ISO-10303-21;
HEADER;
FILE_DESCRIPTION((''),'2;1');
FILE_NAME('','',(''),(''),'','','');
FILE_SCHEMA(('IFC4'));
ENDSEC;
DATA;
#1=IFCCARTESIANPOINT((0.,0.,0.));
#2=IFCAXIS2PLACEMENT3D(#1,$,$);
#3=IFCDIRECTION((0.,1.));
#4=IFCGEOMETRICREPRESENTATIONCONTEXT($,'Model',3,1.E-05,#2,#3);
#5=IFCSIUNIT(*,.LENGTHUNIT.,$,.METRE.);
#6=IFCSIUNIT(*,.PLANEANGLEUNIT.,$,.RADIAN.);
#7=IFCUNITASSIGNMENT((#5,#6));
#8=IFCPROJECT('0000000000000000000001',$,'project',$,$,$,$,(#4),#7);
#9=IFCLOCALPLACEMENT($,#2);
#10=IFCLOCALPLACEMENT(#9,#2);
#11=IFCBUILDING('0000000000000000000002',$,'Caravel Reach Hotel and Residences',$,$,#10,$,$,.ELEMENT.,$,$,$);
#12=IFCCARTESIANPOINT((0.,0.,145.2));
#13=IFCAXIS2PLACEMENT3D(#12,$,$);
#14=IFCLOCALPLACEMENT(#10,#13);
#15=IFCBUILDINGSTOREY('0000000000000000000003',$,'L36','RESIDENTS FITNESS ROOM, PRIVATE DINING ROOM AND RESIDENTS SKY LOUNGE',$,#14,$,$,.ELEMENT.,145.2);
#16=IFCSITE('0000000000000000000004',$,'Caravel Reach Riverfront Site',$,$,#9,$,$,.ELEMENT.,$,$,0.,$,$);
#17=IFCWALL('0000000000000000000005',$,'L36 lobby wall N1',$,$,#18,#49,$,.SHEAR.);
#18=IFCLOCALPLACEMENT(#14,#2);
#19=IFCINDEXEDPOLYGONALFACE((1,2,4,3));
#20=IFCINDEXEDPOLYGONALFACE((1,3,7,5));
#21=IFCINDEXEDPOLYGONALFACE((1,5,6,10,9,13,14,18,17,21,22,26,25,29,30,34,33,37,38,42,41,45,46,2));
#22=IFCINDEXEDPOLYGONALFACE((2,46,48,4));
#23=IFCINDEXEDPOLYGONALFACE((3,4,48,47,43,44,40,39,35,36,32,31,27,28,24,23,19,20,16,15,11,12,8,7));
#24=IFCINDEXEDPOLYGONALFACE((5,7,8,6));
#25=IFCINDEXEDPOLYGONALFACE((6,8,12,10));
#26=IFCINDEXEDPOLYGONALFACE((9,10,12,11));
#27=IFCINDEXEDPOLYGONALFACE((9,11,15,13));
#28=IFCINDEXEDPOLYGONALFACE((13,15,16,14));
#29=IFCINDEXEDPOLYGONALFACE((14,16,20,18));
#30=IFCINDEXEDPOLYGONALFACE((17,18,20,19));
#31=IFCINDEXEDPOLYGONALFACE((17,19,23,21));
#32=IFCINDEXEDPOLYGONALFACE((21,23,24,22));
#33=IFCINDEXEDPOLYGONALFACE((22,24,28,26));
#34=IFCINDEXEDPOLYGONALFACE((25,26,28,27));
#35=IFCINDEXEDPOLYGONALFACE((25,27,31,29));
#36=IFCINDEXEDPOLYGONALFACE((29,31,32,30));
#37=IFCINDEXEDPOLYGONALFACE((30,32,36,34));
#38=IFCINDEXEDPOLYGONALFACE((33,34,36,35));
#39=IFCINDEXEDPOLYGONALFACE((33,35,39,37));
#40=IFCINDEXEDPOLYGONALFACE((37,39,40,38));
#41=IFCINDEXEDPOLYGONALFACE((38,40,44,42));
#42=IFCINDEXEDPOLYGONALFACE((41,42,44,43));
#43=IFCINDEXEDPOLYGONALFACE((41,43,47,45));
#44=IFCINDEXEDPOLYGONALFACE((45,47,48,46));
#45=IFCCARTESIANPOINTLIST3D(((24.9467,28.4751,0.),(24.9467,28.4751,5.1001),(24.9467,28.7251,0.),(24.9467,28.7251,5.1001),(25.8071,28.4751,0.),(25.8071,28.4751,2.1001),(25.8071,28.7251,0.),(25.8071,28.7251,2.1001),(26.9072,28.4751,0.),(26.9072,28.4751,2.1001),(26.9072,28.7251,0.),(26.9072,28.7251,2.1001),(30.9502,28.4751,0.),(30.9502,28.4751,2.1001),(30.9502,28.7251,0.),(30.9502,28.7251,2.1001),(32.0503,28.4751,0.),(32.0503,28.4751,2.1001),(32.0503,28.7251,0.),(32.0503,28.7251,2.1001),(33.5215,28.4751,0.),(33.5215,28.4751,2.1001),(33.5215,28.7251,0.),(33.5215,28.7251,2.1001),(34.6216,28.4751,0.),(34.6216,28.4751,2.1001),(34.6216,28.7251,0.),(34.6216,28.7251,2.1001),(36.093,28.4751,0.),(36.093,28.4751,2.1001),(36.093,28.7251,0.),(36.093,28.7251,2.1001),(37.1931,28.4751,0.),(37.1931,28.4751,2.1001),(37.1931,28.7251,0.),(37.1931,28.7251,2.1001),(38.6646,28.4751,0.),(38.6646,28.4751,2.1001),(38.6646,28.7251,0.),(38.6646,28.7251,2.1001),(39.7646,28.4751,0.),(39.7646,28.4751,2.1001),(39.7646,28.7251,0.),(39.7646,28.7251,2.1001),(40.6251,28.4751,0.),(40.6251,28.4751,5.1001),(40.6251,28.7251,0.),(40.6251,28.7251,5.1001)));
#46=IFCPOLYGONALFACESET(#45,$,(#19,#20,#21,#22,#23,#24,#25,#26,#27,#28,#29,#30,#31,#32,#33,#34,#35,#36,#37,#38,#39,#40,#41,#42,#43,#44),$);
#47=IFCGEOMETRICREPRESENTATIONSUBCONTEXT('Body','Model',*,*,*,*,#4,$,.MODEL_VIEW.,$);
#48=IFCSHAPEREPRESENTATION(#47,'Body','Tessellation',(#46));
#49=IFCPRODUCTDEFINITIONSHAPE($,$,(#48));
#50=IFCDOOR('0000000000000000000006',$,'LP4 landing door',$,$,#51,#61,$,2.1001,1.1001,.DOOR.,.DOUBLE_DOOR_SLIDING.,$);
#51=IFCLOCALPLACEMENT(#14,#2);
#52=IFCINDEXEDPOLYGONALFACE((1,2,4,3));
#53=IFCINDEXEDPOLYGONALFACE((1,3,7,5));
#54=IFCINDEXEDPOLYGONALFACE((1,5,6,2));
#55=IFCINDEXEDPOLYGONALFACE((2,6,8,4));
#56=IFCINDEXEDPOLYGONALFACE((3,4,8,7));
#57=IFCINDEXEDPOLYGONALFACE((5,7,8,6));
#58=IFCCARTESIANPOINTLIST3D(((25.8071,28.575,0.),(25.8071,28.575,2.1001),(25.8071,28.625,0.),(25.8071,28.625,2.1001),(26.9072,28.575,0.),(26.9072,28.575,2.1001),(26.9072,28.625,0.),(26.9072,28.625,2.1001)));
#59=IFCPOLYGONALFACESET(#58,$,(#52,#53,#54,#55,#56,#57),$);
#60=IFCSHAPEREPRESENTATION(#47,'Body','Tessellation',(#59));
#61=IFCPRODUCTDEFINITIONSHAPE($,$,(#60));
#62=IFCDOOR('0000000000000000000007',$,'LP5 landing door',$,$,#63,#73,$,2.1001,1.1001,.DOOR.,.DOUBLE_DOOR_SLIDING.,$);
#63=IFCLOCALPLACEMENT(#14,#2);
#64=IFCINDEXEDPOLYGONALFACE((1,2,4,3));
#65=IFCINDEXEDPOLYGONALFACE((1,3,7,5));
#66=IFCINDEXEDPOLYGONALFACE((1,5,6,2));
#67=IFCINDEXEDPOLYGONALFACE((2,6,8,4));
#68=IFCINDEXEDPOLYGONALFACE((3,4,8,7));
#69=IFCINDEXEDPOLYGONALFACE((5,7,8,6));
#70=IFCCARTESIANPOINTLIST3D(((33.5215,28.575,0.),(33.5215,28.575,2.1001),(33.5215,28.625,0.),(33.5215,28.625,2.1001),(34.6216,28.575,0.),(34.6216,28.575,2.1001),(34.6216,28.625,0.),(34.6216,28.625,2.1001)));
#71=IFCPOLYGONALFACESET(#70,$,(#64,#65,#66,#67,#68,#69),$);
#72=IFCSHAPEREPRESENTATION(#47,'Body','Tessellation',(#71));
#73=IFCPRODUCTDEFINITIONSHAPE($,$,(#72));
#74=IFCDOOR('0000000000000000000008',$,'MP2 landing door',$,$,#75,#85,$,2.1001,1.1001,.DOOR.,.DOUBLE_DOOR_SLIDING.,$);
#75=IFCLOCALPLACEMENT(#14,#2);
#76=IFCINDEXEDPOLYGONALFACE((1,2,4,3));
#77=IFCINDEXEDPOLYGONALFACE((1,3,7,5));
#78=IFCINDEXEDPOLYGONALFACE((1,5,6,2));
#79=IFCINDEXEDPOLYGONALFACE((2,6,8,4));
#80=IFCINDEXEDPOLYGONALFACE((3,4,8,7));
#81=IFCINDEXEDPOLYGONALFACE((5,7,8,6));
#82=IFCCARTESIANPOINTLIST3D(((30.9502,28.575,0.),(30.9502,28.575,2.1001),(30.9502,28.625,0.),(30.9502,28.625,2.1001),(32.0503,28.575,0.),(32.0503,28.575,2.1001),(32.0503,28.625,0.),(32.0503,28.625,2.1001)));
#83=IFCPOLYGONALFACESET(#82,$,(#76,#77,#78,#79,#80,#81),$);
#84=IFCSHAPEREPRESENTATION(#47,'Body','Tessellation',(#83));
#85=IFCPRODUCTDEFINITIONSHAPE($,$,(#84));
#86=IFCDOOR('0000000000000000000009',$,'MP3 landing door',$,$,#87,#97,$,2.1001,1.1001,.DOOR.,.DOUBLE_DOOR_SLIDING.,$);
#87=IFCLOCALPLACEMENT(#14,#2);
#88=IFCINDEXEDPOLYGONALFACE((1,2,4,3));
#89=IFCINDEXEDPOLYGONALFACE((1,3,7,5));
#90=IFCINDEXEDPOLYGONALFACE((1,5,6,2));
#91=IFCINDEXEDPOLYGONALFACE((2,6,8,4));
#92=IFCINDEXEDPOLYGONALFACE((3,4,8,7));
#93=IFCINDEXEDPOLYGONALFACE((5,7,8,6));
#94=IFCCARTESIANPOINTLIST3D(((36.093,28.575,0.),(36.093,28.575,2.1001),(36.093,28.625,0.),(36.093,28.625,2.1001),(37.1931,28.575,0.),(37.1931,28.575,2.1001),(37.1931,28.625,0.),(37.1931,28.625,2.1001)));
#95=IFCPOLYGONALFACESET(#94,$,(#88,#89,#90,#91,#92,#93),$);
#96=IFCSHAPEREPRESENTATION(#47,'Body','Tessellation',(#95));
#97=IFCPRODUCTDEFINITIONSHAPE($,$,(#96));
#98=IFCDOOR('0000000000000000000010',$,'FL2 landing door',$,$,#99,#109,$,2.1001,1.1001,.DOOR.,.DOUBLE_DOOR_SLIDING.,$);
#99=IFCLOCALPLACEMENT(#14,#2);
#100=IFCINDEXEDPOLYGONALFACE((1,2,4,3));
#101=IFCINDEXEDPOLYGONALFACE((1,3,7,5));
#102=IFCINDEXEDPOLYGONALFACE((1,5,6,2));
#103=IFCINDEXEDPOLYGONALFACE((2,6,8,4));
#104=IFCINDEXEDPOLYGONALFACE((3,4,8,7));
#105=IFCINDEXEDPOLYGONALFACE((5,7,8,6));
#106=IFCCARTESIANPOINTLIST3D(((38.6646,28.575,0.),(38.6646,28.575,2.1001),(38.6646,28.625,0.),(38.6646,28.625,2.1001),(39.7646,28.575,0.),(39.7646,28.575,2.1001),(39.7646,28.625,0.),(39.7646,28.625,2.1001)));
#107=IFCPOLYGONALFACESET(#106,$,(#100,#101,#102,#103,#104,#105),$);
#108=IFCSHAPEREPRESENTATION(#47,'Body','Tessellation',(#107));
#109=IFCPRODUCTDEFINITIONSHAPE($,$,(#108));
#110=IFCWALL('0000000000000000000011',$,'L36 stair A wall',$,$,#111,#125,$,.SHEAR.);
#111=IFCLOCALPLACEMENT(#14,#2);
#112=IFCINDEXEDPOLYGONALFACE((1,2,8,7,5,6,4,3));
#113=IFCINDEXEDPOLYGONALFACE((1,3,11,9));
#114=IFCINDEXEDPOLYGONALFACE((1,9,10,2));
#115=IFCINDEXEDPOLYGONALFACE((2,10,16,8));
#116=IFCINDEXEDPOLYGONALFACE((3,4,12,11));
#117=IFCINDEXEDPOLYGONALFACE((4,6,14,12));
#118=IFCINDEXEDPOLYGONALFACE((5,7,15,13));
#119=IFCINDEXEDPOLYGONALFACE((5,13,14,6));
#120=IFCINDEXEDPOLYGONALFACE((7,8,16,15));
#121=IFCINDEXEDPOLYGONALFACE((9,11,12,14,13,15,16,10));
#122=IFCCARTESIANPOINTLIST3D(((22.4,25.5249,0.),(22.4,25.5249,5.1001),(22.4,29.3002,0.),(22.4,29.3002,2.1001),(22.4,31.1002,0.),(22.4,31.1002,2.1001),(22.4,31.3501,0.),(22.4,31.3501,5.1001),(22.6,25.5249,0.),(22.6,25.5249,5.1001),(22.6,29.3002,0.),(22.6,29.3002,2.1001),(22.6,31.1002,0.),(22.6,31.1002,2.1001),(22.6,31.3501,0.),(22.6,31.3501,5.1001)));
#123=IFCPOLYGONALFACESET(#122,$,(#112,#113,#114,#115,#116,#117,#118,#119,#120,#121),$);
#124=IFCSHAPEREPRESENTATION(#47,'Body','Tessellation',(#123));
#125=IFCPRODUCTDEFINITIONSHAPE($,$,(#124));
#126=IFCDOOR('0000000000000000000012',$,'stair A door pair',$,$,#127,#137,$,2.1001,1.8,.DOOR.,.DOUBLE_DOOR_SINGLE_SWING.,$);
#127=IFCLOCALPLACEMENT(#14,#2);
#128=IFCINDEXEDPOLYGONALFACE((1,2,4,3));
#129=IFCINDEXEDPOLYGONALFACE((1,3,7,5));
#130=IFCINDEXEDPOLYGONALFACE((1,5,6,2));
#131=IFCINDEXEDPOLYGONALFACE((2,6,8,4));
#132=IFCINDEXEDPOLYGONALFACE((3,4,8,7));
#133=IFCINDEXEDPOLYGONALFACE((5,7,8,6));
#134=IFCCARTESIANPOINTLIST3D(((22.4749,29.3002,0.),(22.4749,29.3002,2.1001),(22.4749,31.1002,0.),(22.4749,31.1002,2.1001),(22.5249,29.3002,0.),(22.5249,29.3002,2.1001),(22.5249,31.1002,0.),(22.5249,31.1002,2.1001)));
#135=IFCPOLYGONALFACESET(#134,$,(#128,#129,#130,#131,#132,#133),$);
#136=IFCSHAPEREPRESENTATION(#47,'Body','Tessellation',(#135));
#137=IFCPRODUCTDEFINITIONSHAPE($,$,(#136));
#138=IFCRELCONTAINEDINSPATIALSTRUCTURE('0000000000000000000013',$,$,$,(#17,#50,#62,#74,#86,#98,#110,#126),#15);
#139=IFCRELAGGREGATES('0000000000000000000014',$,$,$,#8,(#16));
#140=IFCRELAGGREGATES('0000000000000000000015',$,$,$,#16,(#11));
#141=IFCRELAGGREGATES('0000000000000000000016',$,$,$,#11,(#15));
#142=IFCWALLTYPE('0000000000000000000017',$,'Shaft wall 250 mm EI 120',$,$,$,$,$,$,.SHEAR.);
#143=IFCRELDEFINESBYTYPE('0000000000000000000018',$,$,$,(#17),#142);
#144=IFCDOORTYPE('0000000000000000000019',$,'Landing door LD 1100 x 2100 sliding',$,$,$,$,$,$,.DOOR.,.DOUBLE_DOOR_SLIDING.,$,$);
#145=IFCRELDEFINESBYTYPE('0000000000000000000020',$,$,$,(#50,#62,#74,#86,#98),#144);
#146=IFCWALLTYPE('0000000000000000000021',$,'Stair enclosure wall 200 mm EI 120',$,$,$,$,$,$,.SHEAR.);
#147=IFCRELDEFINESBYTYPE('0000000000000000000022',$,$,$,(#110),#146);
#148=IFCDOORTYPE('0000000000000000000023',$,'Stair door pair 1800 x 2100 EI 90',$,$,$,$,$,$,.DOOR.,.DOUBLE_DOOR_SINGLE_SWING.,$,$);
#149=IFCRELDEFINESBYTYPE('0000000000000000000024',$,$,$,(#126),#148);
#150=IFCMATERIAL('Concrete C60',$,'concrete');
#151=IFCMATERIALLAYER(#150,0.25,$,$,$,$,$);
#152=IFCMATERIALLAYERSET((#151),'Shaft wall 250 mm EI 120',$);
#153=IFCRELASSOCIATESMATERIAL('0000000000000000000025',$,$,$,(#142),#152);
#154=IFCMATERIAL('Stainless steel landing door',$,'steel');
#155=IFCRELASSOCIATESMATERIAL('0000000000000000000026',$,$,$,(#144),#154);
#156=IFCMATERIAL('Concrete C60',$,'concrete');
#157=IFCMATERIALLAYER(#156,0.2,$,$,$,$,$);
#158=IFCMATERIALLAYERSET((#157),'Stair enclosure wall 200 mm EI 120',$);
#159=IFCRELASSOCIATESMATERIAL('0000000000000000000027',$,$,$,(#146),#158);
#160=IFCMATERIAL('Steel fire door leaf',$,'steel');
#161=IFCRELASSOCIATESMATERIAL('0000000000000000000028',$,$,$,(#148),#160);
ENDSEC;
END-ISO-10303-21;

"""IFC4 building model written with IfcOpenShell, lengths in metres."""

from ifc_helpers import new_model, si_unit, direction, frame, frame_2d, origin, place, context, subcontext, project, spatial, rectangle, extrude, material, layer, layer_set, type_object, element, fill, save


model = new_model("IFC4")

# Units and contexts
model_context = context("Model", 3, precision=1e-05, world=origin(), true_north=direction((0.0, 1.0)))
body_context = subcontext(model_context, "Body", "Model", "MODEL_VIEW")
ifc_project = project(units=[si_unit("LENGTHUNIT", "METRE"), si_unit("PLANEANGLEUNIT", "RADIAN")], contexts=[model_context])

# Site, building, storey
site_placement = place(None, origin())
site = spatial("IfcSite", under=ifc_project, at=site_placement, Name="Caravel Reach Riverfront Site", CompositionType="ELEMENT", RefElevation=0.0)
building_placement = place(site_placement, origin())
building = spatial("IfcBuilding", under=site, at=building_placement, Name="Caravel Reach Hotel and Residences", CompositionType="ELEMENT")
storey_placement = place(building_placement, frame((0.0, 0.0, 145.2)))
storey = spatial("IfcBuildingStorey", under=building, at=storey_placement, Name="L36", Description="RESIDENTS FITNESS ROOM, PRIVATE DINING ROOM AND RESIDENTS SKY LOUNGE", CompositionType="ELEMENT", Elevation=145.2)

# Wall, openings, doors
ifc_material_1 = material(Name="Concrete C60", Category="concrete")
ifc_layer_1 = layer(ifc_material_1, 0.25)
ifc_layer_set_1 = layer_set([ifc_layer_1], Name="Shaft wall 250 mm EI 120")
wall_type_1 = type_object("IfcWallType", Name="Shaft wall 250 mm EI 120", PredefinedType="SHEAR", material=ifc_layer_set_1)
ifc_material_2 = material(Name="Stainless steel landing door", Category="steel")
door_type_1 = type_object("IfcDoorType", Name="Landing door LD 1100 x 2100 sliding", OperationType="DOUBLE_DOOR_SLIDING", PredefinedType="DOOR", material=ifc_material_2)
wall_1_placement = place(storey_placement, frame((24.9465, 28.6001, 0.0), z_axis=(0.0, 0.0, 1.0), x_axis=(1.0, 0.0, 0.0)))
wall_1 = element("IfcWall", 1, at=wall_1_placement, inside=storey, type_object=wall_type_1, Name="L36 lobby wall N1", PredefinedType="SHEAR", context=body_context, shape_type="SweptSolid", body=[
    extrude(rectangle(XDim=15.6785, YDim=0.25, at=frame_2d((7.8394, 0.0))), origin(), (0.0, 0.0, 1.0), 5.1001),
])
opening_1_placement = place(wall_1_placement, frame((0.8606, 0.0, 0.0)))
opening_1 = element("IfcOpeningElement", 2, at=opening_1_placement, cuts=wall_1, PredefinedType="OPENING", context=body_context, shape_type="SweptSolid", body=[
    extrude(rectangle(XDim=1.1001, YDim=2.1001, at=frame_2d((0.55, 1.05))), frame((0.0, 0.135, 0.0), z_axis=(0.0, -1.0, 0.0), x_axis=(1.0, 0.0, 0.0)), (0.0, 0.0, 1.0), 0.27),
])
opening_2_placement = place(wall_1_placement, frame((8.575, 0.0, 0.0)))
opening_2 = element("IfcOpeningElement", 3, at=opening_2_placement, cuts=wall_1, PredefinedType="OPENING", context=body_context, shape_type="SweptSolid", body=[
    extrude(rectangle(XDim=1.1001, YDim=2.1001, at=frame_2d((0.55, 1.05))), frame((0.0, 0.135, 0.0), z_axis=(0.0, -1.0, 0.0), x_axis=(1.0, 0.0, 0.0)), (0.0, 0.0, 1.0), 0.27),
])
opening_3_placement = place(wall_1_placement, frame((6.0037, 0.0, 0.0)))
opening_3 = element("IfcOpeningElement", 4, at=opening_3_placement, cuts=wall_1, PredefinedType="OPENING", context=body_context, shape_type="SweptSolid", body=[
    extrude(rectangle(XDim=1.1001, YDim=2.1001, at=frame_2d((0.55, 1.05))), frame((0.0, 0.135, 0.0), z_axis=(0.0, -1.0, 0.0), x_axis=(1.0, 0.0, 0.0)), (0.0, 0.0, 1.0), 0.27),
])
opening_4_placement = place(wall_1_placement, frame((11.1465, 0.0, 0.0)))
opening_4 = element("IfcOpeningElement", 5, at=opening_4_placement, cuts=wall_1, PredefinedType="OPENING", context=body_context, shape_type="SweptSolid", body=[
    extrude(rectangle(XDim=1.1001, YDim=2.1001, at=frame_2d((0.55, 1.05))), frame((0.0, 0.135, 0.0), z_axis=(0.0, -1.0, 0.0), x_axis=(1.0, 0.0, 0.0)), (0.0, 0.0, 1.0), 0.27),
])
opening_5_placement = place(wall_1_placement, frame((13.718, 0.0, 0.0)))
opening_5 = element("IfcOpeningElement", 6, at=opening_5_placement, cuts=wall_1, PredefinedType="OPENING", context=body_context, shape_type="SweptSolid", body=[
    extrude(rectangle(XDim=1.1001, YDim=2.1001, at=frame_2d((0.55, 1.05))), frame((0.0, 0.135, 0.0), z_axis=(0.0, -1.0, 0.0), x_axis=(1.0, 0.0, 0.0)), (0.0, 0.0, 1.0), 0.27),
])
door_1_placement = place(opening_1_placement, origin())
door_1 = element("IfcDoor", 7, at=door_1_placement, inside=storey, type_object=door_type_1, Name="LP4 landing door", OperationType="DOUBLE_DOOR_SLIDING", OverallHeight=2.1001, OverallWidth=1.1001, PredefinedType="DOOR", context=body_context, shape_type="SweptSolid", body=[
    extrude(rectangle(XDim=1.1001, YDim=2.1001, at=frame_2d((0.55, 1.05))), frame((0.0, 0.0249, 0.0), z_axis=(0.0, -1.0, 0.0), x_axis=(1.0, 0.0, 0.0)), (0.0, 0.0, 1.0), 0.05),
])
fill(opening_1, door_1)
door_2_placement = place(opening_2_placement, origin())
door_2 = element("IfcDoor", 8, at=door_2_placement, inside=storey, type_object=door_type_1, Name="LP5 landing door", OperationType="DOUBLE_DOOR_SLIDING", OverallHeight=2.1001, OverallWidth=1.1001, PredefinedType="DOOR", context=body_context, shape_type="SweptSolid", body=[
    extrude(rectangle(XDim=1.1001, YDim=2.1001, at=frame_2d((0.55, 1.05))), frame((0.0, 0.0249, 0.0), z_axis=(0.0, -1.0, 0.0), x_axis=(1.0, 0.0, 0.0)), (0.0, 0.0, 1.0), 0.05),
])
fill(opening_2, door_2)
door_3_placement = place(opening_3_placement, origin())
door_3 = element("IfcDoor", 9, at=door_3_placement, inside=storey, type_object=door_type_1, Name="MP2 landing door", OperationType="DOUBLE_DOOR_SLIDING", OverallHeight=2.1001, OverallWidth=1.1001, PredefinedType="DOOR", context=body_context, shape_type="SweptSolid", body=[
    extrude(rectangle(XDim=1.1001, YDim=2.1001, at=frame_2d((0.55, 1.05))), frame((0.0, 0.0249, 0.0), z_axis=(0.0, -1.0, 0.0), x_axis=(1.0, 0.0, 0.0)), (0.0, 0.0, 1.0), 0.05),
])
fill(opening_3, door_3)
door_4_placement = place(opening_4_placement, origin())
door_4 = element("IfcDoor", 10, at=door_4_placement, inside=storey, type_object=door_type_1, Name="MP3 landing door", OperationType="DOUBLE_DOOR_SLIDING", OverallHeight=2.1001, OverallWidth=1.1001, PredefinedType="DOOR", context=body_context, shape_type="SweptSolid", body=[
    extrude(rectangle(XDim=1.1001, YDim=2.1001, at=frame_2d((0.55, 1.05))), frame((0.0, 0.0249, 0.0), z_axis=(0.0, -1.0, 0.0), x_axis=(1.0, 0.0, 0.0)), (0.0, 0.0, 1.0), 0.05),
])
fill(opening_4, door_4)
door_5_placement = place(opening_5_placement, origin())
door_5 = element("IfcDoor", 11, at=door_5_placement, inside=storey, type_object=door_type_1, Name="FL2 landing door", OperationType="DOUBLE_DOOR_SLIDING", OverallHeight=2.1001, OverallWidth=1.1001, PredefinedType="DOOR", context=body_context, shape_type="SweptSolid", body=[
    extrude(rectangle(XDim=1.1001, YDim=2.1001, at=frame_2d((0.55, 1.05))), frame((0.0, 0.0249, 0.0), z_axis=(0.0, -1.0, 0.0), x_axis=(1.0, 0.0, 0.0)), (0.0, 0.0, 1.0), 0.05),
])
fill(opening_5, door_5)

# Wall, opening, door
ifc_material_3 = material(Name="Concrete C60", Category="concrete")
ifc_layer_2 = layer(ifc_material_3, 0.2)
ifc_layer_set_2 = layer_set([ifc_layer_2], Name="Stair enclosure wall 200 mm EI 120")
wall_type_2 = type_object("IfcWallType", Name="Stair enclosure wall 200 mm EI 120", PredefinedType="SHEAR", material=ifc_layer_set_2)
wall_2_placement = place(storey_placement, frame((22.5, 31.3501, 0.0), z_axis=(0.0, 0.0, 1.0), x_axis=(0.0, -1.0, 0.0)))
wall_2 = element("IfcWall", 12, at=wall_2_placement, inside=storey, type_object=wall_type_2, Name="L36 stair A wall", PredefinedType="SHEAR", context=body_context, shape_type="SweptSolid", body=[
    extrude(rectangle(XDim=5.8252, YDim=0.2, at=frame_2d((2.9126, 0.0))), origin(), (0.0, 0.0, 1.0), 5.1001),
])
opening_6_placement = place(wall_2_placement, frame((0.25, 0.0, 0.0)))
opening_6 = element("IfcOpeningElement", 13, at=opening_6_placement, cuts=wall_2, PredefinedType="OPENING", context=body_context, shape_type="SweptSolid", body=[
    extrude(rectangle(XDim=1.8, YDim=2.1001, at=frame_2d((0.8999, 1.05))), frame((0.0, 0.1099, 0.0), z_axis=(0.0, -1.0, 0.0), x_axis=(1.0, 0.0, 0.0)), (0.0, 0.0, 1.0), 0.22),
])
ifc_material_4 = material(Name="Steel fire door leaf", Category="steel")
door_type_2 = type_object("IfcDoorType", Name="Stair door pair 1800 x 2100 EI 90", OperationType="DOUBLE_DOOR_SINGLE_SWING", PredefinedType="DOOR", material=ifc_material_4)
door_6_placement = place(opening_6_placement, origin())
door_6 = element("IfcDoor", 14, at=door_6_placement, inside=storey, type_object=door_type_2, Name="stair A door pair", OperationType="DOUBLE_DOOR_SINGLE_SWING", OverallHeight=2.1001, OverallWidth=1.8, PredefinedType="DOOR", context=body_context, shape_type="SweptSolid", body=[
    extrude(rectangle(XDim=1.8, YDim=2.1001, at=frame_2d((0.8999, 1.05))), frame((0.0, 0.0249, 0.0), z_axis=(0.0, -1.0, 0.0), x_axis=(1.0, 0.0, 0.0)), (0.0, 0.0, 1.0), 0.05),
])
fill(opening_6, door_6)

save(model, "model.ifc")
